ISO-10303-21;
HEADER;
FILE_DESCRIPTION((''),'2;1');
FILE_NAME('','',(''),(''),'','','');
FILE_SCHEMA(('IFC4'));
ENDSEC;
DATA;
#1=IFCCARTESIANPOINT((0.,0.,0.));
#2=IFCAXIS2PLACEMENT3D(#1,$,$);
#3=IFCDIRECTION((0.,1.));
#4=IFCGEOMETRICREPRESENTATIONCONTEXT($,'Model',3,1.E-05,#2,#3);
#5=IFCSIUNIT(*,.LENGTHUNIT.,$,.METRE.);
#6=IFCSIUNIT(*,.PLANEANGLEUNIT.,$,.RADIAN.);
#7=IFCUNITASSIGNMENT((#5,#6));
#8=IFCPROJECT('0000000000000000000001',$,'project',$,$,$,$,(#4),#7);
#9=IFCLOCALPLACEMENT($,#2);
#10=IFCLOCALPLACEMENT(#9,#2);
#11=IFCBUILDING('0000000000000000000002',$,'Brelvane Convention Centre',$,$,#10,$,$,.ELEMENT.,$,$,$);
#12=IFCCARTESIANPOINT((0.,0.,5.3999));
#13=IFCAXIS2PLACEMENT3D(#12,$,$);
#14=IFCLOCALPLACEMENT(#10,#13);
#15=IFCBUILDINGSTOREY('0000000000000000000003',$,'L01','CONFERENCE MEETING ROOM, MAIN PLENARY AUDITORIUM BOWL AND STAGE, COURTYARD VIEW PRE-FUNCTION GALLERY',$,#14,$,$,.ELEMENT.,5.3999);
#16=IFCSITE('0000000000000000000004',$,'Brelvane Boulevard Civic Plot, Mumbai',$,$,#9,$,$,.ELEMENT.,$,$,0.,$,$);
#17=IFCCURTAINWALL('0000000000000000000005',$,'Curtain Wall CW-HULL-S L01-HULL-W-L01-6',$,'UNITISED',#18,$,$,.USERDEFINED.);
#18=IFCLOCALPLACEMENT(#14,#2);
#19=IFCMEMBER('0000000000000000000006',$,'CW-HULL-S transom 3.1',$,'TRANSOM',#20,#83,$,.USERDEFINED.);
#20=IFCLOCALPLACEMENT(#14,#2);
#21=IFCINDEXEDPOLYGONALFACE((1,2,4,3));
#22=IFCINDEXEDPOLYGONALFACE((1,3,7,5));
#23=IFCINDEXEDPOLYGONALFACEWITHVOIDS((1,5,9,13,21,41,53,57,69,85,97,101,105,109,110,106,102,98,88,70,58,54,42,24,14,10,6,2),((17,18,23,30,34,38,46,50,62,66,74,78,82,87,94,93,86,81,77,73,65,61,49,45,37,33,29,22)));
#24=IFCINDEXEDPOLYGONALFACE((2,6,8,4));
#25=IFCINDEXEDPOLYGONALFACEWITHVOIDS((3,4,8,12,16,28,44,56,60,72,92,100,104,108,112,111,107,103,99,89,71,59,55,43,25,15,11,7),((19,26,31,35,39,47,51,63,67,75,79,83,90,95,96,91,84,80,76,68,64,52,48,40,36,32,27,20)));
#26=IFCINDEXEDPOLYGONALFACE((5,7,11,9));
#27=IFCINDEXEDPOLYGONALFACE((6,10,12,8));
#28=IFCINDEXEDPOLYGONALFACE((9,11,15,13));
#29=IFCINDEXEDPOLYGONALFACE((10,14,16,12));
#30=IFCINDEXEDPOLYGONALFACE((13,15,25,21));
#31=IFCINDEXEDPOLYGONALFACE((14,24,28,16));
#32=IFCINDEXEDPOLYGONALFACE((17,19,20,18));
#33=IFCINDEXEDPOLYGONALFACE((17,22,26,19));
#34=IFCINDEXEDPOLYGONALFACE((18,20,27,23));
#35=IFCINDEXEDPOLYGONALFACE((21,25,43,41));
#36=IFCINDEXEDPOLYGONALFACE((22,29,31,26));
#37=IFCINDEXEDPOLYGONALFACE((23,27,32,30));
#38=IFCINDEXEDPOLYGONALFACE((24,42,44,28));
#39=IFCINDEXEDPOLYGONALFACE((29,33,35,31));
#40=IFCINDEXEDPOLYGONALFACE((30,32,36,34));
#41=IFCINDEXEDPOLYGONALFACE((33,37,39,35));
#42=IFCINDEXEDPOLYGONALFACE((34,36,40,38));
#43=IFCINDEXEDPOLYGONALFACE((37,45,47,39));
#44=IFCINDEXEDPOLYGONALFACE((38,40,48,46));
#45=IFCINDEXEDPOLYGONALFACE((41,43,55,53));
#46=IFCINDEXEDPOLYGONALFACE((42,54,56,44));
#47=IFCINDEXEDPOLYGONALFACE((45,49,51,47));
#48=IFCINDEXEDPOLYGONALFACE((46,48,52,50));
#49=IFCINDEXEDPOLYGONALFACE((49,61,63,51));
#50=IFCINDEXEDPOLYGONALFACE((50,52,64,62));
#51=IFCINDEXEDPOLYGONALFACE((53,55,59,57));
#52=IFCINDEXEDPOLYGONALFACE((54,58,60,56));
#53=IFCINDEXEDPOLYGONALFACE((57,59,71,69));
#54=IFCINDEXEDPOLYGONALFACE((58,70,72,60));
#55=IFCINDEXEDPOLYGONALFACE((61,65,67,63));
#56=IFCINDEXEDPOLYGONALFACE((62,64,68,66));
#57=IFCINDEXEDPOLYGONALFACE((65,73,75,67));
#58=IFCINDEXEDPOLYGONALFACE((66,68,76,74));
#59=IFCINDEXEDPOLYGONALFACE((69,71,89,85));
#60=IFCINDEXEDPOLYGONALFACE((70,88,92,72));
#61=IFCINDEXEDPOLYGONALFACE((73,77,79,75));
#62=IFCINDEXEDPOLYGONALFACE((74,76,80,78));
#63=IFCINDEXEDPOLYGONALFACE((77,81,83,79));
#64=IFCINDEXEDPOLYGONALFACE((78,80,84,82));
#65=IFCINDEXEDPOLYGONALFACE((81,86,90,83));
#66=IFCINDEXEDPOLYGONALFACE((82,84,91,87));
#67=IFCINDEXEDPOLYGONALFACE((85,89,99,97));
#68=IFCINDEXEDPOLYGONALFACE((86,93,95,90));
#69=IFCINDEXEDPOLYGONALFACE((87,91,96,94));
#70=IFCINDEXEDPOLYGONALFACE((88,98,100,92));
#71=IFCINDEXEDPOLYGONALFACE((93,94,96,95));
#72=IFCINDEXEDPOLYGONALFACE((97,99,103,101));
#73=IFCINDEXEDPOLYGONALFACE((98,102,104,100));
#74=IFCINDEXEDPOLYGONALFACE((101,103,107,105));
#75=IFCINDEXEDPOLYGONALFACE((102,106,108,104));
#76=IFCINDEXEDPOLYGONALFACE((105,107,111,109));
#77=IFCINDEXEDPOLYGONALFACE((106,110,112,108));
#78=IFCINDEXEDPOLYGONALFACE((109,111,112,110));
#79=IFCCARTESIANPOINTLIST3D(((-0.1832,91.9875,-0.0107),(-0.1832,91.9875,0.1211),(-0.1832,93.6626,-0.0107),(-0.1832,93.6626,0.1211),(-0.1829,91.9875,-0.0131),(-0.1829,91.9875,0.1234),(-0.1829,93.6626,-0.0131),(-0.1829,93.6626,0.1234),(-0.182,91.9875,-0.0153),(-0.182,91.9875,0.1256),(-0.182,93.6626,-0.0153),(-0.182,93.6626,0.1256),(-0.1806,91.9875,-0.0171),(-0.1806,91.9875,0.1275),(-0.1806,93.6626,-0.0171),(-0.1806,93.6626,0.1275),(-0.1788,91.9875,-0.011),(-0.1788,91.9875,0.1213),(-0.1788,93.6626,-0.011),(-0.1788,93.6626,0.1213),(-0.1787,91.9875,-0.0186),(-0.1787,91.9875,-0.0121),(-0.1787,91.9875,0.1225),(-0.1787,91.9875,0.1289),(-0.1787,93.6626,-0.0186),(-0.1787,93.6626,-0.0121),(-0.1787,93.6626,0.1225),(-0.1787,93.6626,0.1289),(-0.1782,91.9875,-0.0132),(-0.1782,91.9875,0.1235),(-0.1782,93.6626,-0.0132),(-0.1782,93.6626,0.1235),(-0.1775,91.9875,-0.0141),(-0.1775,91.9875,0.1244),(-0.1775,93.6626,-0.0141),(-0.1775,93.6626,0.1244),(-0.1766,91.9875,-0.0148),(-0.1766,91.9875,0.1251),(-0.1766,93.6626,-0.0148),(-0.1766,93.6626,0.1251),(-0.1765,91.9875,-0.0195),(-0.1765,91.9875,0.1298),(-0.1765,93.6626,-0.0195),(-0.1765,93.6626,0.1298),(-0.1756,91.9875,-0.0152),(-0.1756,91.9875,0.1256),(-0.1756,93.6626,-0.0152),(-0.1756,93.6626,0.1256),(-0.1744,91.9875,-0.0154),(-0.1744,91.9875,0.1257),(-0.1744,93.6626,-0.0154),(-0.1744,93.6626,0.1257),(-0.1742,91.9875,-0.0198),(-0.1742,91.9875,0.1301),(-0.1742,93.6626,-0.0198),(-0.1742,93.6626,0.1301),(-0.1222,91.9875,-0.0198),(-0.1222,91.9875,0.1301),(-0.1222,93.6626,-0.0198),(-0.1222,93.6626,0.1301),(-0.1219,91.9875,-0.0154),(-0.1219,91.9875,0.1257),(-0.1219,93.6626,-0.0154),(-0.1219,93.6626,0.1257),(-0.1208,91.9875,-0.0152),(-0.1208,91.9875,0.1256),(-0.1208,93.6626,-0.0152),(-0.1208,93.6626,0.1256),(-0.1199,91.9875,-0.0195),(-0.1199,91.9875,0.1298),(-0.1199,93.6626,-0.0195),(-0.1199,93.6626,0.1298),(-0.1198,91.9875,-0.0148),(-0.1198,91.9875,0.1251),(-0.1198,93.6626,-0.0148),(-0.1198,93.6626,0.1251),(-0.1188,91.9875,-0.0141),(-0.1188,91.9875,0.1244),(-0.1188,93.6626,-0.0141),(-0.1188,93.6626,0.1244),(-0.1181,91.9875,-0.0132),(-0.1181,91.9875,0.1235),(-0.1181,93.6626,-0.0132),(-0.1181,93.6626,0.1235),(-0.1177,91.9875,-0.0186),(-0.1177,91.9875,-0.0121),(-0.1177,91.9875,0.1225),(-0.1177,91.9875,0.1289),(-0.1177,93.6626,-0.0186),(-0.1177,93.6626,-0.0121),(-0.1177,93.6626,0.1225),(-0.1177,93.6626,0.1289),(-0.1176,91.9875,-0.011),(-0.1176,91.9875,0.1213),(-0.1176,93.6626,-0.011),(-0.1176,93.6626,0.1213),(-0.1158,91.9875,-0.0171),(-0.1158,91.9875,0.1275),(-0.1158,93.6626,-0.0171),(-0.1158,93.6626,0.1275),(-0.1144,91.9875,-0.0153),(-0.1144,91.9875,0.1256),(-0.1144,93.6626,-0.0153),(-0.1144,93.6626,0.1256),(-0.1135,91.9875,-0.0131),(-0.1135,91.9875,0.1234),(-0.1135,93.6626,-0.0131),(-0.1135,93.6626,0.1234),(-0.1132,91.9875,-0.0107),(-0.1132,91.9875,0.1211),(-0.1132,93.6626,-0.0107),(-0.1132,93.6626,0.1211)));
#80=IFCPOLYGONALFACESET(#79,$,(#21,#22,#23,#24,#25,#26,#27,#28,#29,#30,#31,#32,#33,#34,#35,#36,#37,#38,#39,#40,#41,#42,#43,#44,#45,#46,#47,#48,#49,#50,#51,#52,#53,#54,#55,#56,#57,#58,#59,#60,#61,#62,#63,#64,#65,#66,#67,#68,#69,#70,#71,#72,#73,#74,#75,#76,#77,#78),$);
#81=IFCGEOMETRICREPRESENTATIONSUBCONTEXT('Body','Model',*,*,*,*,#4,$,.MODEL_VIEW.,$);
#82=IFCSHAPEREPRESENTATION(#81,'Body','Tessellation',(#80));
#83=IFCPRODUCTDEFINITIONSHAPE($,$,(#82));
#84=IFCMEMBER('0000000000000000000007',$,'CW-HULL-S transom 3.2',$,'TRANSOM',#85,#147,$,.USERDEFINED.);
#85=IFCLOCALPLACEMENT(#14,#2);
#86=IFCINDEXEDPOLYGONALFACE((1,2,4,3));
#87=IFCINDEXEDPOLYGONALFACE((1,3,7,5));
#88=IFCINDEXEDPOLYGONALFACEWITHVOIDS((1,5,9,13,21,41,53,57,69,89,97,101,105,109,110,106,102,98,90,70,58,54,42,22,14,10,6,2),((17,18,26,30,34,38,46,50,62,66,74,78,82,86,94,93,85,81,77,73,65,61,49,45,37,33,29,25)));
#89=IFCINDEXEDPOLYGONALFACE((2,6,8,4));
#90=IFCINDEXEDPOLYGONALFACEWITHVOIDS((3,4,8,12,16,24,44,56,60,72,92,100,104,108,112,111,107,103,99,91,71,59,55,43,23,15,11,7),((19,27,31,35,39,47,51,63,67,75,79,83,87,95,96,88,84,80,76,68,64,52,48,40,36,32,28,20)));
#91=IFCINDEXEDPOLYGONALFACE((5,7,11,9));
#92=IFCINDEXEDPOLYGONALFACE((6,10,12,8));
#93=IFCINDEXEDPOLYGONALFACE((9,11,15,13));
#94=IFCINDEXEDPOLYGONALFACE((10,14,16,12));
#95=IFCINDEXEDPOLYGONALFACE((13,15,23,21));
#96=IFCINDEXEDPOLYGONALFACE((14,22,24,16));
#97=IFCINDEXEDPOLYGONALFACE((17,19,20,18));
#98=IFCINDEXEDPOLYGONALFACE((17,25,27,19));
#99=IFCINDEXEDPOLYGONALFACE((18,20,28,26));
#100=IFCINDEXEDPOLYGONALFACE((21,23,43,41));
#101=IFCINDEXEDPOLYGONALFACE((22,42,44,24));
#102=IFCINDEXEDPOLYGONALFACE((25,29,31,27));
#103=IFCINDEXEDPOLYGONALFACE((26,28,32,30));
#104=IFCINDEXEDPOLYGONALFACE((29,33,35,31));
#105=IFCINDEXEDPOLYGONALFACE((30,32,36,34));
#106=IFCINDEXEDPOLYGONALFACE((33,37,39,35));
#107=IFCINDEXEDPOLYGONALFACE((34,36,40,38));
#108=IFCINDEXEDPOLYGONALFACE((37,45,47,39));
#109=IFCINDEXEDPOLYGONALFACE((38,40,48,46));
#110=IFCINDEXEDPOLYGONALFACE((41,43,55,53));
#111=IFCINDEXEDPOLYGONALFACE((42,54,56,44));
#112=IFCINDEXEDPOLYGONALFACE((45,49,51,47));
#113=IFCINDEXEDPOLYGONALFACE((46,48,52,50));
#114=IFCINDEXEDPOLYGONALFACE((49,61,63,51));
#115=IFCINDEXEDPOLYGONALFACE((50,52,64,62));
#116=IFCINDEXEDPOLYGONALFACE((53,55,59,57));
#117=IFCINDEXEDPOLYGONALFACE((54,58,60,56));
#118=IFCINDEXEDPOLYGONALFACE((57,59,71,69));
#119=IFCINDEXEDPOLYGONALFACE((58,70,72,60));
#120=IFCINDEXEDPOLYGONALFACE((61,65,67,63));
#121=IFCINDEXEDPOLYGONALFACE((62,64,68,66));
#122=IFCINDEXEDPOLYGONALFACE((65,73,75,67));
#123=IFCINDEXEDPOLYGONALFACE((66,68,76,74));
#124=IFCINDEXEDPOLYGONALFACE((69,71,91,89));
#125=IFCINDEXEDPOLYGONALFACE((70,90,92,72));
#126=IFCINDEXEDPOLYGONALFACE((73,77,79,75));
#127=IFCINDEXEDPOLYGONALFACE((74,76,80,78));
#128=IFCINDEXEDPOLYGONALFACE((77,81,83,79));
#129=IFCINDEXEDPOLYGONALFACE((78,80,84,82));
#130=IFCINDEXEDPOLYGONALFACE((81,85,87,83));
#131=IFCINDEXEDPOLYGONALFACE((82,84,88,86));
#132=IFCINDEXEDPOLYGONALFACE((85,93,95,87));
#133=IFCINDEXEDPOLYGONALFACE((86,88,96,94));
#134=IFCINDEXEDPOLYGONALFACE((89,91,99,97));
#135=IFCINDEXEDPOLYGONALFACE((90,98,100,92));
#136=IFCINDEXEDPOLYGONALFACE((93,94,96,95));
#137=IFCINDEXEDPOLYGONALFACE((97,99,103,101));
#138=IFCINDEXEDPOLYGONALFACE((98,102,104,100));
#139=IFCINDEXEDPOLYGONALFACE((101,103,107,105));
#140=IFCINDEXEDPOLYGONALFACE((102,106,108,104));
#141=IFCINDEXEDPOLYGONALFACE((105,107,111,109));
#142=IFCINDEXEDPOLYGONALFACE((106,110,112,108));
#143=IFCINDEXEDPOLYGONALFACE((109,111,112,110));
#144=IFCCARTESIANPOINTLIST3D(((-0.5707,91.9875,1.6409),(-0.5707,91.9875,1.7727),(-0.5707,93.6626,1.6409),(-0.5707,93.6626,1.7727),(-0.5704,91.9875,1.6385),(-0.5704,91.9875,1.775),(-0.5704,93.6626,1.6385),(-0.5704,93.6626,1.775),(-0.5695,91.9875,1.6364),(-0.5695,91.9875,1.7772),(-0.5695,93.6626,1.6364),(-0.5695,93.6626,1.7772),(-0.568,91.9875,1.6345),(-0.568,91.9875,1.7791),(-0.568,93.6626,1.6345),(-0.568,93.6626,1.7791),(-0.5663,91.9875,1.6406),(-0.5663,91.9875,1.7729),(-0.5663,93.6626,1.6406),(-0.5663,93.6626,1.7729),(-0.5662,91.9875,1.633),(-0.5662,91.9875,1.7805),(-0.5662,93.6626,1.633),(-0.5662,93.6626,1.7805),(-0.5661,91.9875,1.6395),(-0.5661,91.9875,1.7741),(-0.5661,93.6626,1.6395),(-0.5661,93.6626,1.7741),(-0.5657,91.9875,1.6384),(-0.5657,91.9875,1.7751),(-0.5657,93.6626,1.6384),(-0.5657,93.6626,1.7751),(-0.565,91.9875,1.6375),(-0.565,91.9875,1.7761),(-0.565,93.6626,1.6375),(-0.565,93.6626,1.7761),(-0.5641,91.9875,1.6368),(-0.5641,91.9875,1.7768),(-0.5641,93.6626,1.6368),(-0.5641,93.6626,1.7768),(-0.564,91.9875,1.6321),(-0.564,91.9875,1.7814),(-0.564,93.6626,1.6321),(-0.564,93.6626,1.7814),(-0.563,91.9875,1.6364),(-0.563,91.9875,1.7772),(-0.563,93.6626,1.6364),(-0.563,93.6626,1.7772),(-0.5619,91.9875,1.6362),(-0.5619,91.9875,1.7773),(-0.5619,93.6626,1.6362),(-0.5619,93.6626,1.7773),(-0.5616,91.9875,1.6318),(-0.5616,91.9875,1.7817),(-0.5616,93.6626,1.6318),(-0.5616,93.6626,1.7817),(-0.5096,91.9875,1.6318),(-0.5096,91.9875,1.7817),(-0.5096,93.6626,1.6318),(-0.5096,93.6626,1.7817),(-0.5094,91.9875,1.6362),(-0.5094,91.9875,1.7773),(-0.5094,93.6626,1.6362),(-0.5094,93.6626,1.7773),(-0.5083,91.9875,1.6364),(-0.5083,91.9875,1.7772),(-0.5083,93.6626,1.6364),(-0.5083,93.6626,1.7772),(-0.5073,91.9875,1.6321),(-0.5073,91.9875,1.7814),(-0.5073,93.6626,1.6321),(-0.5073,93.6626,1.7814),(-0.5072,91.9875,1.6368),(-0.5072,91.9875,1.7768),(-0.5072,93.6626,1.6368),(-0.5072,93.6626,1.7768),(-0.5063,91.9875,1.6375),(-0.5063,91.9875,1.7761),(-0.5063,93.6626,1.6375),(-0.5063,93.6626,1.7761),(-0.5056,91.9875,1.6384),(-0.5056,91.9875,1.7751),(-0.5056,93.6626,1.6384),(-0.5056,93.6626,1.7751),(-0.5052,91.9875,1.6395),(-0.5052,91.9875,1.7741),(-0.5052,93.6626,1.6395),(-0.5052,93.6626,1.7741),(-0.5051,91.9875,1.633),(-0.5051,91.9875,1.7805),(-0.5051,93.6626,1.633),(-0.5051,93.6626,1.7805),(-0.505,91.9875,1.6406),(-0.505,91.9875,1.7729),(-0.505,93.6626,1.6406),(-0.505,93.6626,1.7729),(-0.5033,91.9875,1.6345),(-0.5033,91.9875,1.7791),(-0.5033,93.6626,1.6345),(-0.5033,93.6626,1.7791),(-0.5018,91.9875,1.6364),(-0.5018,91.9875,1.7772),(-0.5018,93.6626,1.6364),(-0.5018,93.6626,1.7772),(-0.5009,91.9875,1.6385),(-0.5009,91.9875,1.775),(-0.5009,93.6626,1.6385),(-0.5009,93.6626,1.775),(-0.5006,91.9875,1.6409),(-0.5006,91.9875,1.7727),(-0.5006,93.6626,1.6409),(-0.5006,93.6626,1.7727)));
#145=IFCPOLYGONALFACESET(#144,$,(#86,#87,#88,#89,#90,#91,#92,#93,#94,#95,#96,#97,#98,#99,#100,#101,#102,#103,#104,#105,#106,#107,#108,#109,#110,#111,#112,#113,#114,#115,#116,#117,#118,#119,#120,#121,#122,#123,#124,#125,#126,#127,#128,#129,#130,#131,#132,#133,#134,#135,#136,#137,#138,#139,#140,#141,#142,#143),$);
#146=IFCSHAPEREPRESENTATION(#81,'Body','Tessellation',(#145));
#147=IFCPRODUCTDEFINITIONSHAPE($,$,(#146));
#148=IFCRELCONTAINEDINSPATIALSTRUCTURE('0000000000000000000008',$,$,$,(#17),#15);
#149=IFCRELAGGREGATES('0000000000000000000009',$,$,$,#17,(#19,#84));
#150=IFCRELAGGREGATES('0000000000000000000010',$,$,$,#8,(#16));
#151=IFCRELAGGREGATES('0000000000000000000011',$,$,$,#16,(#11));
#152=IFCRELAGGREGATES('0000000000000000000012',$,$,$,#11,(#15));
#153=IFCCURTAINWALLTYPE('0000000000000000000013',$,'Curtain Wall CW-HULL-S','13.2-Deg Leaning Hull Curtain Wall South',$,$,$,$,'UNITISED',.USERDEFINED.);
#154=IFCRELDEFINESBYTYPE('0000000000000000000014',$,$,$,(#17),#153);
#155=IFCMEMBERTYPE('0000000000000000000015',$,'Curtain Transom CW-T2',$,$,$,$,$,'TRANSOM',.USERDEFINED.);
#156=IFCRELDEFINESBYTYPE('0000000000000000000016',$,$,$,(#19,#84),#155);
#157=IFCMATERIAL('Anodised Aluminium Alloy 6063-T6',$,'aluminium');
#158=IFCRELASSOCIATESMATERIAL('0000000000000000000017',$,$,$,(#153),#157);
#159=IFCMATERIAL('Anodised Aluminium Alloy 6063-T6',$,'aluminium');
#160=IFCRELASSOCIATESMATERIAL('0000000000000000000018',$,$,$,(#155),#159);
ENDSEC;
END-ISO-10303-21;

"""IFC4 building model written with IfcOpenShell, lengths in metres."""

from ifc_helpers import new_model, si_unit, direction, frame, origin, origin_2d, place, context, subcontext, project, spatial, hollow_rectangle, extrude, material, material_profile, profile_set, type_object, element, aggregate, save


model = new_model("IFC4")

# Units and contexts
model_context = context("Model", 3, precision=1e-05, world=origin(), true_north=direction((0.0, 1.0)))
body_context = subcontext(model_context, "Body", "Model", "MODEL_VIEW")
ifc_project = project(units=[si_unit("LENGTHUNIT", "METRE"), si_unit("PLANEANGLEUNIT", "RADIAN")], contexts=[model_context])

# Site, building, storey
site_placement = place(None, origin())
site = spatial("IfcSite", under=ifc_project, at=site_placement, Name="Brelvane Boulevard Civic Plot, Mumbai", CompositionType="ELEMENT", RefElevation=0.0)
building_placement = place(site_placement, origin())
building = spatial("IfcBuilding", under=site, at=building_placement, Name="Brelvane Convention Centre", CompositionType="ELEMENT")
storey_placement = place(building_placement, frame((0.0, 0.0, 5.3999)))
storey = spatial("IfcBuildingStorey", under=building, at=storey_placement, Name="L01", Description="CONFERENCE MEETING ROOM, MAIN PLENARY AUDITORIUM BOWL AND STAGE, COURTYARD VIEW PRE-FUNCTION GALLERY", CompositionType="ELEMENT", Elevation=5.3999)

# Shared definitions
ifc_material_1 = material(Name="Anodised Aluminium Alloy 6063-T6", Category="aluminium")
curtain_wall_type = type_object("IfcCurtainWallType", Name="Curtain Wall CW-HULL-S", Description="13.2-Deg Leaning Hull Curtain Wall South", ElementType="UNITISED", PredefinedType="USERDEFINED", material=ifc_material_1)

# Curtain wall
curtain_wall_1_placement = place(storey_placement, origin())
curtain_wall_1 = element("IfcCurtainWall", 1, at=curtain_wall_1_placement, inside=storey, type_object=curtain_wall_type, Name="Curtain Wall CW-HULL-S L01-HULL-W-L01-6", ObjectType="UNITISED", PredefinedType="USERDEFINED")

# Members
ifc_material_2 = material(Name="Anodised Aluminium Alloy 6063-T6", Category="aluminium")
ifc_material_profile_1 = material_profile(ifc_material_2, hollow_rectangle(XDim=0.0701, YDim=0.1499, WallThickness=0.0044, InnerFilletRadius=0.0044, OuterFilletRadius=0.009, at=origin_2d()), Name="ALU-T 150x70x4.5")
ifc_profile_set_1 = profile_set([ifc_material_profile_1], Name="Anodised Aluminium Alloy 6063-T6")
member_type_1 = type_object("IfcMemberType", Name="Curtain Transom CW-T2", ElementType="TRANSOM", PredefinedType="USERDEFINED", material=ifc_profile_set_1)
member_1_placement = place(storey_placement, frame((-0.1482, 91.9875, 0.0552), z_axis=(0.0, 1.0, 0.0), x_axis=(-1.0, 0.0, 0.0)))
member_1 = element("IfcMember", 2, at=member_1_placement, type_object=member_type_1, Name="CW-HULL-S transom 3.1", ObjectType="TRANSOM", PredefinedType="USERDEFINED", context=body_context, shape_type="SweptSolid", body=[
    extrude(hollow_rectangle(XDim=0.0701, YDim=0.1499, WallThickness=0.0044, InnerFilletRadius=0.0044, OuterFilletRadius=0.009, at=origin_2d()), origin(), (0.0, 0.0, 1.0), 1.675),
])
member_2_placement = place(storey_placement, frame((-0.5356, 91.9875, 1.7068), z_axis=(0.0, 1.0, 0.0), x_axis=(-1.0, 0.0, 0.0)))
member_2 = element("IfcMember", 3, at=member_2_placement, type_object=member_type_1, Name="CW-HULL-S transom 3.2", ObjectType="TRANSOM", PredefinedType="USERDEFINED", context=body_context, shape_type="SweptSolid", body=[
    extrude(hollow_rectangle(XDim=0.0701, YDim=0.1499, WallThickness=0.0044, InnerFilletRadius=0.0044, OuterFilletRadius=0.009, at=origin_2d()), origin(), (0.0, 0.0, 1.0), 1.675),
])

aggregate(curtain_wall_1, [member_1, member_2])

save(model, "model.ifc")
